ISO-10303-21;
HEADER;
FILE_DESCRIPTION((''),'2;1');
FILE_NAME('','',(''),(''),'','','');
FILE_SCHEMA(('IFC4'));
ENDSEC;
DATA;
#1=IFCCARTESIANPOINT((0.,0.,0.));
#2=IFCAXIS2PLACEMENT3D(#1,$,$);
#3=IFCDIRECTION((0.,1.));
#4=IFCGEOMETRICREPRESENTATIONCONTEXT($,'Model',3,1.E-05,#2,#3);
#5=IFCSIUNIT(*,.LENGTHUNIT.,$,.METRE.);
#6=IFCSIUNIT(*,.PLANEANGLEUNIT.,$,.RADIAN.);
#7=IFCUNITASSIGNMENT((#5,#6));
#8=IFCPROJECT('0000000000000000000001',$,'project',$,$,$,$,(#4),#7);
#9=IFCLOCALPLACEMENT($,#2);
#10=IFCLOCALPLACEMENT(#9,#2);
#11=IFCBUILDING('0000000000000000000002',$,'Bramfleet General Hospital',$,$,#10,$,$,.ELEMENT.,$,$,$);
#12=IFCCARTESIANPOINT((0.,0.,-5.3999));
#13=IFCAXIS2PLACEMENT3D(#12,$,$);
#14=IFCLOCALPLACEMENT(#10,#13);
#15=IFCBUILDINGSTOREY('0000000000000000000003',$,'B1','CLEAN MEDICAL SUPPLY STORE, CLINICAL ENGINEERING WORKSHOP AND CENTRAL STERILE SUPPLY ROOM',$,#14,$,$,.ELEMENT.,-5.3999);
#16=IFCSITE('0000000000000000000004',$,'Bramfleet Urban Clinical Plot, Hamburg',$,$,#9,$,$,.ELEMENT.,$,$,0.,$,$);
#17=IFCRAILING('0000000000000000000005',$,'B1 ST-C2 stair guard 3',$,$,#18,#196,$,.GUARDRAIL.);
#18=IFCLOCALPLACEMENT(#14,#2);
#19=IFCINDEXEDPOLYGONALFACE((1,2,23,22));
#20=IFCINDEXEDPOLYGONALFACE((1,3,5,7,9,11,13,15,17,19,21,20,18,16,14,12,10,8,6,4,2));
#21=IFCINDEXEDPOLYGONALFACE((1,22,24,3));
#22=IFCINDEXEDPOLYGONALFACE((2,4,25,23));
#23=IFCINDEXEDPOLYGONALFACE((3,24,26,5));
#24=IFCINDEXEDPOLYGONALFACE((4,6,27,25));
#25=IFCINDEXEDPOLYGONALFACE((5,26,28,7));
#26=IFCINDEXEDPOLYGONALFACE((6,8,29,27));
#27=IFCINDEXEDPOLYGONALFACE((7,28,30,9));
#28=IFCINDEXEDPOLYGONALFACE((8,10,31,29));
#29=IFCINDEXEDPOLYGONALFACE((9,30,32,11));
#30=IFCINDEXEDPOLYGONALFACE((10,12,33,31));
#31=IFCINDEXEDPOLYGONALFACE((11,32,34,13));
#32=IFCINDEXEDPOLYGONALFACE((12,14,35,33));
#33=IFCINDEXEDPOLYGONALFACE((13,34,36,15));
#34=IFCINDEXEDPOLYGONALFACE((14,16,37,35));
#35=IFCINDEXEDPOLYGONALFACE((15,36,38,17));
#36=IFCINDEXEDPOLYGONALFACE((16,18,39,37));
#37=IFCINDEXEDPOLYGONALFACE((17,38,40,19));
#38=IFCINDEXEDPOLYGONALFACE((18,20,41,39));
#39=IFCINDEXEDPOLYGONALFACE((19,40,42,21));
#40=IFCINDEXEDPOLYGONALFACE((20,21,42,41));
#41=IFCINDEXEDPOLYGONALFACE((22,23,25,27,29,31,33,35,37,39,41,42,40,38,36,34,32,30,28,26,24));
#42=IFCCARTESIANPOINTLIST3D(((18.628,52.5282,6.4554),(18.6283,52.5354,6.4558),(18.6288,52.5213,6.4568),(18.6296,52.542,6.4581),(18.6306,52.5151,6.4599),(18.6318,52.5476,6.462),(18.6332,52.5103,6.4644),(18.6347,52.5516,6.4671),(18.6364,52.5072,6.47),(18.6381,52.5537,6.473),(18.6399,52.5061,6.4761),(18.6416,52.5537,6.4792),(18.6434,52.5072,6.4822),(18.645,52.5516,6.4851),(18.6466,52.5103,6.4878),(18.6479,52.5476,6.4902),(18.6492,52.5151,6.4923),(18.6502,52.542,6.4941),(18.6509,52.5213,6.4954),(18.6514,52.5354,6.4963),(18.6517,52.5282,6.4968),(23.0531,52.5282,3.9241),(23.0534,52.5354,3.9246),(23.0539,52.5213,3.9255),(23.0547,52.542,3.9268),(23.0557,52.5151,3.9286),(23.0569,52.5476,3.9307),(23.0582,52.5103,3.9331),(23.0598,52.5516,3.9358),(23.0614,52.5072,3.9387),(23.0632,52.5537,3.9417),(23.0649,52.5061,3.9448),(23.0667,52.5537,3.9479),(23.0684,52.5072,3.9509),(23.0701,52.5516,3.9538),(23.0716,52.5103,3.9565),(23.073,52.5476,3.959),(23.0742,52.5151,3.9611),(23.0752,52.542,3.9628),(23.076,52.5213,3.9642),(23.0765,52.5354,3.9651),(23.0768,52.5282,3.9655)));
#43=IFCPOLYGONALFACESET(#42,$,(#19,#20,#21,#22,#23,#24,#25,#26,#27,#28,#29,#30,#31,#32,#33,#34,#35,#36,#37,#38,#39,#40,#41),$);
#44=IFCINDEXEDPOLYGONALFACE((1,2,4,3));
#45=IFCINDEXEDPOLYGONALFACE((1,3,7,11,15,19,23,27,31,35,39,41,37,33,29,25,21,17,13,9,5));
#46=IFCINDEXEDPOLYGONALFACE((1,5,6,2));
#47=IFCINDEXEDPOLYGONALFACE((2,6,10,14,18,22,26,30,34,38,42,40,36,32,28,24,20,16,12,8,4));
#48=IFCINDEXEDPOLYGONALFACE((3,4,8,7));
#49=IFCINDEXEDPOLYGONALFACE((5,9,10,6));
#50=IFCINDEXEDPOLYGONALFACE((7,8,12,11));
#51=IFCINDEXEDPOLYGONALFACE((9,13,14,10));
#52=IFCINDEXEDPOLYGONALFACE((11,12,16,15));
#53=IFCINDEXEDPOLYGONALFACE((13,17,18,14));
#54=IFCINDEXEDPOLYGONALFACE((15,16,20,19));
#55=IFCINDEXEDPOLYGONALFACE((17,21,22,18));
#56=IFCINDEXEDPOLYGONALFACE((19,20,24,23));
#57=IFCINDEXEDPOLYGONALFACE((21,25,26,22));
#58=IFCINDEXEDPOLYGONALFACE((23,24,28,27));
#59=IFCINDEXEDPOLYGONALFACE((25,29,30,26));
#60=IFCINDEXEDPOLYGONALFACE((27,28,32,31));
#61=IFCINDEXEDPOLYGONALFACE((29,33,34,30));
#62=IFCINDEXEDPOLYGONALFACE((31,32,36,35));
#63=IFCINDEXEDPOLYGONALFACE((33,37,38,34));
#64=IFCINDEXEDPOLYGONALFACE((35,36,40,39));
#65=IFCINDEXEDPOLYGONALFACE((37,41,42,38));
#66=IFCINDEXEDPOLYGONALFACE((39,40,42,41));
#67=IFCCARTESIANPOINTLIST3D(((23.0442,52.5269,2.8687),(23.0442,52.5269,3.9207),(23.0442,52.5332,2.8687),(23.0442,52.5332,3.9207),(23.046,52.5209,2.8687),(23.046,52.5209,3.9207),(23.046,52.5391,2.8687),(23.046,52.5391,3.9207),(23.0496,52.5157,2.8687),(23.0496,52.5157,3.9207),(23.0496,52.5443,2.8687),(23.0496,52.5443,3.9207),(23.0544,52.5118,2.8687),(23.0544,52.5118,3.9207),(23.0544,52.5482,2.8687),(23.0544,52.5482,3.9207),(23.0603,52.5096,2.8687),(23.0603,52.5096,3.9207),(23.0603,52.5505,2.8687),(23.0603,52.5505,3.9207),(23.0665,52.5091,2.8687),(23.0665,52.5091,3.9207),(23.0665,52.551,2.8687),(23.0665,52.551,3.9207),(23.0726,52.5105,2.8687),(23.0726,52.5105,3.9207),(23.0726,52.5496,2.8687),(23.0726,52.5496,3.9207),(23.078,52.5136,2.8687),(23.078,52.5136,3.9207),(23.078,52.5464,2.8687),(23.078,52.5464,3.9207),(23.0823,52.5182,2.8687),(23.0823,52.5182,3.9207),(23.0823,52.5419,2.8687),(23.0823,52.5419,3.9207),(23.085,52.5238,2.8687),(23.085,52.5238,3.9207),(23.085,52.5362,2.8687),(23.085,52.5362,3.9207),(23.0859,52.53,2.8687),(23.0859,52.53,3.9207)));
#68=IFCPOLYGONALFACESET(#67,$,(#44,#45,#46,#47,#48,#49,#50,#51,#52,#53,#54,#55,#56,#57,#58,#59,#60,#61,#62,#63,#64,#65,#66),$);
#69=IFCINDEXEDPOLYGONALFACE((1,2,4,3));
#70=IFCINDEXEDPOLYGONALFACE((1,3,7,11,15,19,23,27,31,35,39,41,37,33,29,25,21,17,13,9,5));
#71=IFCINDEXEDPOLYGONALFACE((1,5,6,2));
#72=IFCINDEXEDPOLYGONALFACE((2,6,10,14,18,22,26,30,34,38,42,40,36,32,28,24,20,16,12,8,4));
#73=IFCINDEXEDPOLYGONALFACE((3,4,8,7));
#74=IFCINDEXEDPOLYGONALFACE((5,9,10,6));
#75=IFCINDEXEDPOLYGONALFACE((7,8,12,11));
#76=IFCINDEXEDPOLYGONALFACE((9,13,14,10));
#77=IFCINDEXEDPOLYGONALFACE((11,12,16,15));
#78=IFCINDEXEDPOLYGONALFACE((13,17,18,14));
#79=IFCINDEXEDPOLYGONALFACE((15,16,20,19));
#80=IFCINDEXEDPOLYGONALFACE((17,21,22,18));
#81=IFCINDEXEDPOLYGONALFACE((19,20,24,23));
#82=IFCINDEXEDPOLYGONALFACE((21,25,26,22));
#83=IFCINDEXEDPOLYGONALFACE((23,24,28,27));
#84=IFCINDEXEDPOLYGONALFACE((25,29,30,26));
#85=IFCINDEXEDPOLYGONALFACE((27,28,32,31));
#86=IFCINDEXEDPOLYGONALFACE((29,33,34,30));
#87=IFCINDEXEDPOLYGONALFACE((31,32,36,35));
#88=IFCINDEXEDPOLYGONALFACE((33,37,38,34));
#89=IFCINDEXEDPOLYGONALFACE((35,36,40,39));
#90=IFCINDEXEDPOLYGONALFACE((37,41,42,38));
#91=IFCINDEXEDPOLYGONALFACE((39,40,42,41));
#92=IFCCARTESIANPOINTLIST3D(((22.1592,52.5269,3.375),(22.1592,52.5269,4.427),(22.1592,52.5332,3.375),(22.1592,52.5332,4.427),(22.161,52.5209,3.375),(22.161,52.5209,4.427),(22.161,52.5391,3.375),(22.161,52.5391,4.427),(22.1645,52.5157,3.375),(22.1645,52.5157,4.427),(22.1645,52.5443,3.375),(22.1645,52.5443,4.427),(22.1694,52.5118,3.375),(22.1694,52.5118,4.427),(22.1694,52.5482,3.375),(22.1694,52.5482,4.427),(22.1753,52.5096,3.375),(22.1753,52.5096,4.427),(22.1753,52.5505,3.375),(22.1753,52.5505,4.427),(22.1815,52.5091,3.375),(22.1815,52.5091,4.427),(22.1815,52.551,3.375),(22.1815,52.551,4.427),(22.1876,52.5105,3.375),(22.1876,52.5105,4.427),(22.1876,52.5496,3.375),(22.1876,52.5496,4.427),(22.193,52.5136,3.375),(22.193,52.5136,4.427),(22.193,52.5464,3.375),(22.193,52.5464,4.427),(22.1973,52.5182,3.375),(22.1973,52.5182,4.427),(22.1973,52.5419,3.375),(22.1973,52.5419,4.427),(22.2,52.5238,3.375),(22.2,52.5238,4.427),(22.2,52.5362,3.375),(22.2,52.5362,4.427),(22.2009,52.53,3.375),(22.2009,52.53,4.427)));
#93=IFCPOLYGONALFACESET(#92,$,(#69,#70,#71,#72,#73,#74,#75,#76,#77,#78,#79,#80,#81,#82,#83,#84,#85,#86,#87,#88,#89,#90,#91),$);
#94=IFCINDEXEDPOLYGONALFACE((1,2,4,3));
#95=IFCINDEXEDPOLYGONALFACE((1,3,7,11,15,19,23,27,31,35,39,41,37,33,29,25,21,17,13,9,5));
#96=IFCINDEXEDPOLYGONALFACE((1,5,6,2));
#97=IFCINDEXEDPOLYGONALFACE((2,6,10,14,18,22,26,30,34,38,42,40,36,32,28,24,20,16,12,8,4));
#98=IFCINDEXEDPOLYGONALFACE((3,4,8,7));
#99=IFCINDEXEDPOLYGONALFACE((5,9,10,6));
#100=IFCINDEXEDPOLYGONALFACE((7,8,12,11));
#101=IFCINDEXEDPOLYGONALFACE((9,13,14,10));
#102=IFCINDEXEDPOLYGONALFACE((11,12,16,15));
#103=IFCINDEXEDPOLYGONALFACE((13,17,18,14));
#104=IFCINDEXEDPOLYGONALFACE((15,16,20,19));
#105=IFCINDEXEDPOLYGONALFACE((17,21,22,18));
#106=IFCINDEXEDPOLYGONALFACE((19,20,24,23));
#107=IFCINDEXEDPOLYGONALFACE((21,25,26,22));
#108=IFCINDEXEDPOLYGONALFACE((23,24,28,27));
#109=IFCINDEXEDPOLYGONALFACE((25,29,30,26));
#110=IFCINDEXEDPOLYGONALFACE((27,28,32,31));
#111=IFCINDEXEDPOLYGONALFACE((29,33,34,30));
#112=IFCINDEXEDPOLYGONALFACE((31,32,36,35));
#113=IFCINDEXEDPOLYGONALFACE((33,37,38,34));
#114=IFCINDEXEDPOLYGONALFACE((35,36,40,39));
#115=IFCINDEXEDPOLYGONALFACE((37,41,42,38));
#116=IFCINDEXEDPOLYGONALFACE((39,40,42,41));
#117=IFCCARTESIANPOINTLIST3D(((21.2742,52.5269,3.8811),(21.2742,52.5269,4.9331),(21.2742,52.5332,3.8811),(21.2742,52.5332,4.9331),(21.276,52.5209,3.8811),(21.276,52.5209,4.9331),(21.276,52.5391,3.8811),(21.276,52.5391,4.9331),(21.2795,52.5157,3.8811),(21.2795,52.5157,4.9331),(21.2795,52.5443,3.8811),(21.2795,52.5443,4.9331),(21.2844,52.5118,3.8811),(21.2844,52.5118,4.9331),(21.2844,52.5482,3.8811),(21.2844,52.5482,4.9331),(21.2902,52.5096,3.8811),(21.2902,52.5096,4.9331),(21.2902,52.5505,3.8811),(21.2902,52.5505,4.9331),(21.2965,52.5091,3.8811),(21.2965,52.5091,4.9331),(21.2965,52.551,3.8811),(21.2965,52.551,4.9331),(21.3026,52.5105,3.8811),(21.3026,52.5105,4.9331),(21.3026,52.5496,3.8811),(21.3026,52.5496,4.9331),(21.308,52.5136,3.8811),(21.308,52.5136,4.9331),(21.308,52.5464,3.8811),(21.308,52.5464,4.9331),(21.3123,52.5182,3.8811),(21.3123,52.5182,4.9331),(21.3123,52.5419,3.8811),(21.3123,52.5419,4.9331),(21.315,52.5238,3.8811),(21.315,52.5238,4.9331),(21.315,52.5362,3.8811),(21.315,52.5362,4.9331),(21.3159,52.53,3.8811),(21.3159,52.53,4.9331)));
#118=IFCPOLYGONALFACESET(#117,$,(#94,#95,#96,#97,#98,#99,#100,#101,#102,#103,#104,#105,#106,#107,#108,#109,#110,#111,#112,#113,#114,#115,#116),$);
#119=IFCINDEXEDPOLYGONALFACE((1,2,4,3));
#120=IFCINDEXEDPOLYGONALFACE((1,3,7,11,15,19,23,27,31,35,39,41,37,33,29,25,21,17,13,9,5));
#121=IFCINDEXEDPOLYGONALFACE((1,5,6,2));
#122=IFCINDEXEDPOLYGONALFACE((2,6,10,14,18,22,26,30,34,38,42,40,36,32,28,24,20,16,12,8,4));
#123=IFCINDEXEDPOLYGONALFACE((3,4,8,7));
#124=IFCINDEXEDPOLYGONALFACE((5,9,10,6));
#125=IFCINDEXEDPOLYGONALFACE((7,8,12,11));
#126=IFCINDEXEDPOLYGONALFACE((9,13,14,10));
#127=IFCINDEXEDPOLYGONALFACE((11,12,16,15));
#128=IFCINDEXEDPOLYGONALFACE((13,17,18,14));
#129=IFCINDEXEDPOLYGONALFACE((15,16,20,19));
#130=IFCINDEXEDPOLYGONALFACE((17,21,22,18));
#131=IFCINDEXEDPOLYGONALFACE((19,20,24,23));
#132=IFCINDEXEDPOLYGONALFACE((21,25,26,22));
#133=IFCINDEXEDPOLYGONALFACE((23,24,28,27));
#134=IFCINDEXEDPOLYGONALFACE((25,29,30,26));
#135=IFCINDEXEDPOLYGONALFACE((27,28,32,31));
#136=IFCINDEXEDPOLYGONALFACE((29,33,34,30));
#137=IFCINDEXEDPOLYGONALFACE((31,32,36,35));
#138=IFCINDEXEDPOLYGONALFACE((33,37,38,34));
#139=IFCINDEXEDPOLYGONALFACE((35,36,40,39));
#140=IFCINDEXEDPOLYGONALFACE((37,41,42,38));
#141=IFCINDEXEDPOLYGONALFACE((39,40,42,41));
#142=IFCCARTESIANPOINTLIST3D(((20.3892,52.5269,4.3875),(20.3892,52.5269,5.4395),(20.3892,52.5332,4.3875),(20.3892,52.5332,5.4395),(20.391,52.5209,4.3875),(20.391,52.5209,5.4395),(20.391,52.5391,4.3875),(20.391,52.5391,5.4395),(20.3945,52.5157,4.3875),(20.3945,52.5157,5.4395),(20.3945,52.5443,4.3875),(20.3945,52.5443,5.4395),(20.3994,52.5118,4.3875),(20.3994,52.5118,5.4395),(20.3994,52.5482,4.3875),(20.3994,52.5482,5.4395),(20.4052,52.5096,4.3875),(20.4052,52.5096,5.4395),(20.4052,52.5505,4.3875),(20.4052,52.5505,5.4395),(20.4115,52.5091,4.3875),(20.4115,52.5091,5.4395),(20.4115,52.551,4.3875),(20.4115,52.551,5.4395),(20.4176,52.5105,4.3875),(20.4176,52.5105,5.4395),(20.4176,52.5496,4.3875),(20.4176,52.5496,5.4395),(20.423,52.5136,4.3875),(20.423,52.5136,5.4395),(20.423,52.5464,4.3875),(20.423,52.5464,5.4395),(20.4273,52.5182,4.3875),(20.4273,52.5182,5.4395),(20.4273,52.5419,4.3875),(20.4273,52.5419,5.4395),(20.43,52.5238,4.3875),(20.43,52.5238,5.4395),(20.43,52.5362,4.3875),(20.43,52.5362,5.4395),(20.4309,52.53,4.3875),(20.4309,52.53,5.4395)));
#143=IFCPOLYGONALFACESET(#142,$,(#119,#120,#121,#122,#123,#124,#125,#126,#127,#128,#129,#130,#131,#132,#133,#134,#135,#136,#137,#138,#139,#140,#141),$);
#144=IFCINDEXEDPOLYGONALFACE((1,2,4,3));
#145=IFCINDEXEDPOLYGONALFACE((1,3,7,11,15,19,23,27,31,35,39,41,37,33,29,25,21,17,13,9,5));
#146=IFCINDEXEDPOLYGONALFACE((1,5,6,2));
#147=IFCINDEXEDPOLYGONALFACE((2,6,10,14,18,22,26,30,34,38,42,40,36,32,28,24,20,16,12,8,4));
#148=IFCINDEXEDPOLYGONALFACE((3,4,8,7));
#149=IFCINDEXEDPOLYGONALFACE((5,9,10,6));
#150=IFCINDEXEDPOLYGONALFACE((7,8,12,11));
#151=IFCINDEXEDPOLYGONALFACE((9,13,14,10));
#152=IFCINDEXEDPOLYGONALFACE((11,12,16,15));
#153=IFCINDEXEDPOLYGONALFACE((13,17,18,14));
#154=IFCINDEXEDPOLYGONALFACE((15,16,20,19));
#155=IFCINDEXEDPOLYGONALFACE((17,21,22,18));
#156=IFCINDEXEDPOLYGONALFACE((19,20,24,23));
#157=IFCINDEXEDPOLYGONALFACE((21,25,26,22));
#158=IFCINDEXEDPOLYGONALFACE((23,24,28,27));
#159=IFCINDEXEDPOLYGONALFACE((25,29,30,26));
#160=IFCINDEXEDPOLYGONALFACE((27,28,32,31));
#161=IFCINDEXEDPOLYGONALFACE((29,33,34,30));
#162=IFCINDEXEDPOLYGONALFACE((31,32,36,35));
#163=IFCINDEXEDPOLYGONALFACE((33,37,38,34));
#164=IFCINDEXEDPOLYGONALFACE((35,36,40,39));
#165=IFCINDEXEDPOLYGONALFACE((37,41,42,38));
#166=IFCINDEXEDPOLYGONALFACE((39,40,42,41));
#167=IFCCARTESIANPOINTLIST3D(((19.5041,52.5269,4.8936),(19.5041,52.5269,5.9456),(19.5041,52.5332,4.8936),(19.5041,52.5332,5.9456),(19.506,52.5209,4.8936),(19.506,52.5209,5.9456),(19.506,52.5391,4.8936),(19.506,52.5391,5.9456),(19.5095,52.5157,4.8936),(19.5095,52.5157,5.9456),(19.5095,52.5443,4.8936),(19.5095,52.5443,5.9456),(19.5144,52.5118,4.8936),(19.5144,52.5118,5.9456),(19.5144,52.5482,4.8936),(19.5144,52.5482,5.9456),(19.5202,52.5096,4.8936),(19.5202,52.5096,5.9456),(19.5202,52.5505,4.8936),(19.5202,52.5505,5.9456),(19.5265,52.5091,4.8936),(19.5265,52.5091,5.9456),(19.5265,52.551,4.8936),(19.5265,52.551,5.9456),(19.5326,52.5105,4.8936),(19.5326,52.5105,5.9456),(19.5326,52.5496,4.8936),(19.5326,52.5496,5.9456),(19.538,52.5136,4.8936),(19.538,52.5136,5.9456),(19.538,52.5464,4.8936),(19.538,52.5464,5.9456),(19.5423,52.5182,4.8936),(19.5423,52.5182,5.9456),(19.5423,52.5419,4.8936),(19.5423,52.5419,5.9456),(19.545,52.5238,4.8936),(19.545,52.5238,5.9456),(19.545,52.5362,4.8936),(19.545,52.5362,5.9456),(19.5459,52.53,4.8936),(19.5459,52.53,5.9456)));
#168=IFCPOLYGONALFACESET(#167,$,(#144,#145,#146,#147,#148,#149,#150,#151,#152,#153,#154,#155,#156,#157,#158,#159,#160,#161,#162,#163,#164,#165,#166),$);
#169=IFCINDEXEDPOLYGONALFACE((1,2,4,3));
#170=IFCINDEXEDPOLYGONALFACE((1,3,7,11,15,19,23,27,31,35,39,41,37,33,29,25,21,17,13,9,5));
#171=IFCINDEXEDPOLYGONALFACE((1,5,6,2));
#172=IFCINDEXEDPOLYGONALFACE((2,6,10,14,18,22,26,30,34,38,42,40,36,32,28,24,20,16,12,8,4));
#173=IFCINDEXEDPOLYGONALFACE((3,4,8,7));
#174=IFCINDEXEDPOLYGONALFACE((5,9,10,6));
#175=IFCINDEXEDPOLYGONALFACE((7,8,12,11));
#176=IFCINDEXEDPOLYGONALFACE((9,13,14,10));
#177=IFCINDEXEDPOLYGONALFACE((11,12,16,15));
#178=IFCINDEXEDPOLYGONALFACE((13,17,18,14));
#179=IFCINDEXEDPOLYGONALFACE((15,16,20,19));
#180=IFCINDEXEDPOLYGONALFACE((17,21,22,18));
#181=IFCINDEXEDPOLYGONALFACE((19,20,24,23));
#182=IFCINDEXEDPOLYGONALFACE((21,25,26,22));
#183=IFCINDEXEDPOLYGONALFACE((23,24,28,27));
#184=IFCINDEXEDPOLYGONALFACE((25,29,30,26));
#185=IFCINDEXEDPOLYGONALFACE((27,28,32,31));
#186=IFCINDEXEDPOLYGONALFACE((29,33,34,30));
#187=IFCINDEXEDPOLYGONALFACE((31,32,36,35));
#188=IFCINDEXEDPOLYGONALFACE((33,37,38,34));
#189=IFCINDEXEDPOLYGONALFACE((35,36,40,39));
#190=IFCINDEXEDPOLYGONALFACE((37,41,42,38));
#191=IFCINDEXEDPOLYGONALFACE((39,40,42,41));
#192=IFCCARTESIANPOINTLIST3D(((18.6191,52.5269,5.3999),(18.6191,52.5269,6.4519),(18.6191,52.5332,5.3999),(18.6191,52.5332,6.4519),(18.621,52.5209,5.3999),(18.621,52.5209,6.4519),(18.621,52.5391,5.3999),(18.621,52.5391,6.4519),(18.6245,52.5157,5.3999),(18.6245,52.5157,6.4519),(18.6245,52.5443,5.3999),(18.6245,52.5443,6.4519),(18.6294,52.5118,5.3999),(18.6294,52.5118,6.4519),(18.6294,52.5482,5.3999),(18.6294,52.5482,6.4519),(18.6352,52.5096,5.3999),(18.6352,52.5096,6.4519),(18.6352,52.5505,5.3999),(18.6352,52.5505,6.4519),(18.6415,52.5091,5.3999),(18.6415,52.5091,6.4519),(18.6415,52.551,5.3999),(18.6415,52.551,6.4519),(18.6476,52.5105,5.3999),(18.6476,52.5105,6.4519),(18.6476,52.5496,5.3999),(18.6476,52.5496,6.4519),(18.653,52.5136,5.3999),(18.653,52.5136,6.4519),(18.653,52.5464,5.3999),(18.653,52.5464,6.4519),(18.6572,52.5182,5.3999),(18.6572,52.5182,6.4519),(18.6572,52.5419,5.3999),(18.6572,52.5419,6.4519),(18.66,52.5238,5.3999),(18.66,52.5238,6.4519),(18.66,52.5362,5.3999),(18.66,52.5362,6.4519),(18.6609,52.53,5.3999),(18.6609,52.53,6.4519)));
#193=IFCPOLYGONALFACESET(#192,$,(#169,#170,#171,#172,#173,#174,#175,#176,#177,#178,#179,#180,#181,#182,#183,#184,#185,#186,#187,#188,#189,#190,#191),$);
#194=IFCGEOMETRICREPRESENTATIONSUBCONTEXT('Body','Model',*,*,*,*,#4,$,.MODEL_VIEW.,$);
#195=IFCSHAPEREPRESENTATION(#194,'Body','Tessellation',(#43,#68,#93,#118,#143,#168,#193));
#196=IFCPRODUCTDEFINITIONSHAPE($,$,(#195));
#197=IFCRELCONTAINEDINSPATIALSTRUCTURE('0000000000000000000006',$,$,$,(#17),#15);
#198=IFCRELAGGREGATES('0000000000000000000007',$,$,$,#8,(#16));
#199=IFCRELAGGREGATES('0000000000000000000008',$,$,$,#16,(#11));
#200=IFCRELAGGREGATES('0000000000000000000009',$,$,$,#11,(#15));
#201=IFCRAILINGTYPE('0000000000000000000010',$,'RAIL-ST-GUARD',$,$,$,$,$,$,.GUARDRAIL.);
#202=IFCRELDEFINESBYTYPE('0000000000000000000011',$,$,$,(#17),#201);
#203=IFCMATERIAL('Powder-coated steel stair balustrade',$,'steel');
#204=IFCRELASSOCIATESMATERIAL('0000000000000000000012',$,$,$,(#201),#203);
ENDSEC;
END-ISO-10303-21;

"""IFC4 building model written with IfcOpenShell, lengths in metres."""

from ifc_helpers import new_model, si_unit, direction, frame, origin, origin_2d, place, context, subcontext, project, spatial, circle, extrude, material, type_object, element, save


model = new_model("IFC4")

# Units and contexts
model_context = context("Model", 3, precision=1e-05, world=origin(), true_north=direction((0.0, 1.0)))
body_context = subcontext(model_context, "Body", "Model", "MODEL_VIEW")
ifc_project = project(units=[si_unit("LENGTHUNIT", "METRE"), si_unit("PLANEANGLEUNIT", "RADIAN")], contexts=[model_context])

# Site, building, storey
site_placement = place(None, origin())
site = spatial("IfcSite", under=ifc_project, at=site_placement, Name="Bramfleet Urban Clinical Plot, Hamburg", CompositionType="ELEMENT", RefElevation=0.0)
building_placement = place(site_placement, origin())
building = spatial("IfcBuilding", under=site, at=building_placement, Name="Bramfleet General Hospital", CompositionType="ELEMENT")
storey_placement = place(building_placement, frame((0.0, 0.0, -5.3999)))
storey = spatial("IfcBuildingStorey", under=building, at=storey_placement, Name="B1", Description="CLEAN MEDICAL SUPPLY STORE, CLINICAL ENGINEERING WORKSHOP AND CENTRAL STERILE SUPPLY ROOM", CompositionType="ELEMENT", Elevation=-5.3999)

# Railing
ifc_material_1 = material(Name="Powder-coated steel stair balustrade", Category="steel")
railing_type_1 = type_object("IfcRailingType", Name="RAIL-ST-GUARD", PredefinedType="GUARDRAIL", material=ifc_material_1)
railing_1_placement = place(storey_placement, frame((23.0649, 52.53, 2.8687)))
element("IfcRailing", 1, at=railing_1_placement, inside=storey, type_object=railing_type_1, Name="B1 ST-C2 stair guard 3", PredefinedType="GUARDRAIL", context=body_context, shape_type="SweptSolid", body=[
    extrude(circle(Radius=0.0239, at=origin_2d()), frame((0.0, 0.0, 1.0762), z_axis=(-0.868019, 0.0, 0.496531), x_axis=(0.0, -1.0, 0.0)), (0.0, 0.0, 1.0), 5.0979),
    extrude(circle(Radius=0.021, at=origin_2d()), origin(), (0.0, 0.0, 1.0), 1.052),
    extrude(circle(Radius=0.021, at=origin_2d()), frame((-0.885, 0.0, 0.5063)), (0.0, 0.0, 1.0), 1.052),
    extrude(circle(Radius=0.021, at=origin_2d()), frame((-1.77, 0.0, 1.0125)), (0.0, 0.0, 1.0), 1.052),
    extrude(circle(Radius=0.021, at=origin_2d()), frame((-2.655, 0.0, 1.5188)), (0.0, 0.0, 1.0), 1.052),
    extrude(circle(Radius=0.021, at=origin_2d()), frame((-3.54, 0.0, 2.0249)), (0.0, 0.0, 1.0), 1.052),
    extrude(circle(Radius=0.021, at=origin_2d()), frame((-4.425, 0.0, 2.5312)), (0.0, 0.0, 1.0), 1.052),
])

save(model, "model.ifc")
